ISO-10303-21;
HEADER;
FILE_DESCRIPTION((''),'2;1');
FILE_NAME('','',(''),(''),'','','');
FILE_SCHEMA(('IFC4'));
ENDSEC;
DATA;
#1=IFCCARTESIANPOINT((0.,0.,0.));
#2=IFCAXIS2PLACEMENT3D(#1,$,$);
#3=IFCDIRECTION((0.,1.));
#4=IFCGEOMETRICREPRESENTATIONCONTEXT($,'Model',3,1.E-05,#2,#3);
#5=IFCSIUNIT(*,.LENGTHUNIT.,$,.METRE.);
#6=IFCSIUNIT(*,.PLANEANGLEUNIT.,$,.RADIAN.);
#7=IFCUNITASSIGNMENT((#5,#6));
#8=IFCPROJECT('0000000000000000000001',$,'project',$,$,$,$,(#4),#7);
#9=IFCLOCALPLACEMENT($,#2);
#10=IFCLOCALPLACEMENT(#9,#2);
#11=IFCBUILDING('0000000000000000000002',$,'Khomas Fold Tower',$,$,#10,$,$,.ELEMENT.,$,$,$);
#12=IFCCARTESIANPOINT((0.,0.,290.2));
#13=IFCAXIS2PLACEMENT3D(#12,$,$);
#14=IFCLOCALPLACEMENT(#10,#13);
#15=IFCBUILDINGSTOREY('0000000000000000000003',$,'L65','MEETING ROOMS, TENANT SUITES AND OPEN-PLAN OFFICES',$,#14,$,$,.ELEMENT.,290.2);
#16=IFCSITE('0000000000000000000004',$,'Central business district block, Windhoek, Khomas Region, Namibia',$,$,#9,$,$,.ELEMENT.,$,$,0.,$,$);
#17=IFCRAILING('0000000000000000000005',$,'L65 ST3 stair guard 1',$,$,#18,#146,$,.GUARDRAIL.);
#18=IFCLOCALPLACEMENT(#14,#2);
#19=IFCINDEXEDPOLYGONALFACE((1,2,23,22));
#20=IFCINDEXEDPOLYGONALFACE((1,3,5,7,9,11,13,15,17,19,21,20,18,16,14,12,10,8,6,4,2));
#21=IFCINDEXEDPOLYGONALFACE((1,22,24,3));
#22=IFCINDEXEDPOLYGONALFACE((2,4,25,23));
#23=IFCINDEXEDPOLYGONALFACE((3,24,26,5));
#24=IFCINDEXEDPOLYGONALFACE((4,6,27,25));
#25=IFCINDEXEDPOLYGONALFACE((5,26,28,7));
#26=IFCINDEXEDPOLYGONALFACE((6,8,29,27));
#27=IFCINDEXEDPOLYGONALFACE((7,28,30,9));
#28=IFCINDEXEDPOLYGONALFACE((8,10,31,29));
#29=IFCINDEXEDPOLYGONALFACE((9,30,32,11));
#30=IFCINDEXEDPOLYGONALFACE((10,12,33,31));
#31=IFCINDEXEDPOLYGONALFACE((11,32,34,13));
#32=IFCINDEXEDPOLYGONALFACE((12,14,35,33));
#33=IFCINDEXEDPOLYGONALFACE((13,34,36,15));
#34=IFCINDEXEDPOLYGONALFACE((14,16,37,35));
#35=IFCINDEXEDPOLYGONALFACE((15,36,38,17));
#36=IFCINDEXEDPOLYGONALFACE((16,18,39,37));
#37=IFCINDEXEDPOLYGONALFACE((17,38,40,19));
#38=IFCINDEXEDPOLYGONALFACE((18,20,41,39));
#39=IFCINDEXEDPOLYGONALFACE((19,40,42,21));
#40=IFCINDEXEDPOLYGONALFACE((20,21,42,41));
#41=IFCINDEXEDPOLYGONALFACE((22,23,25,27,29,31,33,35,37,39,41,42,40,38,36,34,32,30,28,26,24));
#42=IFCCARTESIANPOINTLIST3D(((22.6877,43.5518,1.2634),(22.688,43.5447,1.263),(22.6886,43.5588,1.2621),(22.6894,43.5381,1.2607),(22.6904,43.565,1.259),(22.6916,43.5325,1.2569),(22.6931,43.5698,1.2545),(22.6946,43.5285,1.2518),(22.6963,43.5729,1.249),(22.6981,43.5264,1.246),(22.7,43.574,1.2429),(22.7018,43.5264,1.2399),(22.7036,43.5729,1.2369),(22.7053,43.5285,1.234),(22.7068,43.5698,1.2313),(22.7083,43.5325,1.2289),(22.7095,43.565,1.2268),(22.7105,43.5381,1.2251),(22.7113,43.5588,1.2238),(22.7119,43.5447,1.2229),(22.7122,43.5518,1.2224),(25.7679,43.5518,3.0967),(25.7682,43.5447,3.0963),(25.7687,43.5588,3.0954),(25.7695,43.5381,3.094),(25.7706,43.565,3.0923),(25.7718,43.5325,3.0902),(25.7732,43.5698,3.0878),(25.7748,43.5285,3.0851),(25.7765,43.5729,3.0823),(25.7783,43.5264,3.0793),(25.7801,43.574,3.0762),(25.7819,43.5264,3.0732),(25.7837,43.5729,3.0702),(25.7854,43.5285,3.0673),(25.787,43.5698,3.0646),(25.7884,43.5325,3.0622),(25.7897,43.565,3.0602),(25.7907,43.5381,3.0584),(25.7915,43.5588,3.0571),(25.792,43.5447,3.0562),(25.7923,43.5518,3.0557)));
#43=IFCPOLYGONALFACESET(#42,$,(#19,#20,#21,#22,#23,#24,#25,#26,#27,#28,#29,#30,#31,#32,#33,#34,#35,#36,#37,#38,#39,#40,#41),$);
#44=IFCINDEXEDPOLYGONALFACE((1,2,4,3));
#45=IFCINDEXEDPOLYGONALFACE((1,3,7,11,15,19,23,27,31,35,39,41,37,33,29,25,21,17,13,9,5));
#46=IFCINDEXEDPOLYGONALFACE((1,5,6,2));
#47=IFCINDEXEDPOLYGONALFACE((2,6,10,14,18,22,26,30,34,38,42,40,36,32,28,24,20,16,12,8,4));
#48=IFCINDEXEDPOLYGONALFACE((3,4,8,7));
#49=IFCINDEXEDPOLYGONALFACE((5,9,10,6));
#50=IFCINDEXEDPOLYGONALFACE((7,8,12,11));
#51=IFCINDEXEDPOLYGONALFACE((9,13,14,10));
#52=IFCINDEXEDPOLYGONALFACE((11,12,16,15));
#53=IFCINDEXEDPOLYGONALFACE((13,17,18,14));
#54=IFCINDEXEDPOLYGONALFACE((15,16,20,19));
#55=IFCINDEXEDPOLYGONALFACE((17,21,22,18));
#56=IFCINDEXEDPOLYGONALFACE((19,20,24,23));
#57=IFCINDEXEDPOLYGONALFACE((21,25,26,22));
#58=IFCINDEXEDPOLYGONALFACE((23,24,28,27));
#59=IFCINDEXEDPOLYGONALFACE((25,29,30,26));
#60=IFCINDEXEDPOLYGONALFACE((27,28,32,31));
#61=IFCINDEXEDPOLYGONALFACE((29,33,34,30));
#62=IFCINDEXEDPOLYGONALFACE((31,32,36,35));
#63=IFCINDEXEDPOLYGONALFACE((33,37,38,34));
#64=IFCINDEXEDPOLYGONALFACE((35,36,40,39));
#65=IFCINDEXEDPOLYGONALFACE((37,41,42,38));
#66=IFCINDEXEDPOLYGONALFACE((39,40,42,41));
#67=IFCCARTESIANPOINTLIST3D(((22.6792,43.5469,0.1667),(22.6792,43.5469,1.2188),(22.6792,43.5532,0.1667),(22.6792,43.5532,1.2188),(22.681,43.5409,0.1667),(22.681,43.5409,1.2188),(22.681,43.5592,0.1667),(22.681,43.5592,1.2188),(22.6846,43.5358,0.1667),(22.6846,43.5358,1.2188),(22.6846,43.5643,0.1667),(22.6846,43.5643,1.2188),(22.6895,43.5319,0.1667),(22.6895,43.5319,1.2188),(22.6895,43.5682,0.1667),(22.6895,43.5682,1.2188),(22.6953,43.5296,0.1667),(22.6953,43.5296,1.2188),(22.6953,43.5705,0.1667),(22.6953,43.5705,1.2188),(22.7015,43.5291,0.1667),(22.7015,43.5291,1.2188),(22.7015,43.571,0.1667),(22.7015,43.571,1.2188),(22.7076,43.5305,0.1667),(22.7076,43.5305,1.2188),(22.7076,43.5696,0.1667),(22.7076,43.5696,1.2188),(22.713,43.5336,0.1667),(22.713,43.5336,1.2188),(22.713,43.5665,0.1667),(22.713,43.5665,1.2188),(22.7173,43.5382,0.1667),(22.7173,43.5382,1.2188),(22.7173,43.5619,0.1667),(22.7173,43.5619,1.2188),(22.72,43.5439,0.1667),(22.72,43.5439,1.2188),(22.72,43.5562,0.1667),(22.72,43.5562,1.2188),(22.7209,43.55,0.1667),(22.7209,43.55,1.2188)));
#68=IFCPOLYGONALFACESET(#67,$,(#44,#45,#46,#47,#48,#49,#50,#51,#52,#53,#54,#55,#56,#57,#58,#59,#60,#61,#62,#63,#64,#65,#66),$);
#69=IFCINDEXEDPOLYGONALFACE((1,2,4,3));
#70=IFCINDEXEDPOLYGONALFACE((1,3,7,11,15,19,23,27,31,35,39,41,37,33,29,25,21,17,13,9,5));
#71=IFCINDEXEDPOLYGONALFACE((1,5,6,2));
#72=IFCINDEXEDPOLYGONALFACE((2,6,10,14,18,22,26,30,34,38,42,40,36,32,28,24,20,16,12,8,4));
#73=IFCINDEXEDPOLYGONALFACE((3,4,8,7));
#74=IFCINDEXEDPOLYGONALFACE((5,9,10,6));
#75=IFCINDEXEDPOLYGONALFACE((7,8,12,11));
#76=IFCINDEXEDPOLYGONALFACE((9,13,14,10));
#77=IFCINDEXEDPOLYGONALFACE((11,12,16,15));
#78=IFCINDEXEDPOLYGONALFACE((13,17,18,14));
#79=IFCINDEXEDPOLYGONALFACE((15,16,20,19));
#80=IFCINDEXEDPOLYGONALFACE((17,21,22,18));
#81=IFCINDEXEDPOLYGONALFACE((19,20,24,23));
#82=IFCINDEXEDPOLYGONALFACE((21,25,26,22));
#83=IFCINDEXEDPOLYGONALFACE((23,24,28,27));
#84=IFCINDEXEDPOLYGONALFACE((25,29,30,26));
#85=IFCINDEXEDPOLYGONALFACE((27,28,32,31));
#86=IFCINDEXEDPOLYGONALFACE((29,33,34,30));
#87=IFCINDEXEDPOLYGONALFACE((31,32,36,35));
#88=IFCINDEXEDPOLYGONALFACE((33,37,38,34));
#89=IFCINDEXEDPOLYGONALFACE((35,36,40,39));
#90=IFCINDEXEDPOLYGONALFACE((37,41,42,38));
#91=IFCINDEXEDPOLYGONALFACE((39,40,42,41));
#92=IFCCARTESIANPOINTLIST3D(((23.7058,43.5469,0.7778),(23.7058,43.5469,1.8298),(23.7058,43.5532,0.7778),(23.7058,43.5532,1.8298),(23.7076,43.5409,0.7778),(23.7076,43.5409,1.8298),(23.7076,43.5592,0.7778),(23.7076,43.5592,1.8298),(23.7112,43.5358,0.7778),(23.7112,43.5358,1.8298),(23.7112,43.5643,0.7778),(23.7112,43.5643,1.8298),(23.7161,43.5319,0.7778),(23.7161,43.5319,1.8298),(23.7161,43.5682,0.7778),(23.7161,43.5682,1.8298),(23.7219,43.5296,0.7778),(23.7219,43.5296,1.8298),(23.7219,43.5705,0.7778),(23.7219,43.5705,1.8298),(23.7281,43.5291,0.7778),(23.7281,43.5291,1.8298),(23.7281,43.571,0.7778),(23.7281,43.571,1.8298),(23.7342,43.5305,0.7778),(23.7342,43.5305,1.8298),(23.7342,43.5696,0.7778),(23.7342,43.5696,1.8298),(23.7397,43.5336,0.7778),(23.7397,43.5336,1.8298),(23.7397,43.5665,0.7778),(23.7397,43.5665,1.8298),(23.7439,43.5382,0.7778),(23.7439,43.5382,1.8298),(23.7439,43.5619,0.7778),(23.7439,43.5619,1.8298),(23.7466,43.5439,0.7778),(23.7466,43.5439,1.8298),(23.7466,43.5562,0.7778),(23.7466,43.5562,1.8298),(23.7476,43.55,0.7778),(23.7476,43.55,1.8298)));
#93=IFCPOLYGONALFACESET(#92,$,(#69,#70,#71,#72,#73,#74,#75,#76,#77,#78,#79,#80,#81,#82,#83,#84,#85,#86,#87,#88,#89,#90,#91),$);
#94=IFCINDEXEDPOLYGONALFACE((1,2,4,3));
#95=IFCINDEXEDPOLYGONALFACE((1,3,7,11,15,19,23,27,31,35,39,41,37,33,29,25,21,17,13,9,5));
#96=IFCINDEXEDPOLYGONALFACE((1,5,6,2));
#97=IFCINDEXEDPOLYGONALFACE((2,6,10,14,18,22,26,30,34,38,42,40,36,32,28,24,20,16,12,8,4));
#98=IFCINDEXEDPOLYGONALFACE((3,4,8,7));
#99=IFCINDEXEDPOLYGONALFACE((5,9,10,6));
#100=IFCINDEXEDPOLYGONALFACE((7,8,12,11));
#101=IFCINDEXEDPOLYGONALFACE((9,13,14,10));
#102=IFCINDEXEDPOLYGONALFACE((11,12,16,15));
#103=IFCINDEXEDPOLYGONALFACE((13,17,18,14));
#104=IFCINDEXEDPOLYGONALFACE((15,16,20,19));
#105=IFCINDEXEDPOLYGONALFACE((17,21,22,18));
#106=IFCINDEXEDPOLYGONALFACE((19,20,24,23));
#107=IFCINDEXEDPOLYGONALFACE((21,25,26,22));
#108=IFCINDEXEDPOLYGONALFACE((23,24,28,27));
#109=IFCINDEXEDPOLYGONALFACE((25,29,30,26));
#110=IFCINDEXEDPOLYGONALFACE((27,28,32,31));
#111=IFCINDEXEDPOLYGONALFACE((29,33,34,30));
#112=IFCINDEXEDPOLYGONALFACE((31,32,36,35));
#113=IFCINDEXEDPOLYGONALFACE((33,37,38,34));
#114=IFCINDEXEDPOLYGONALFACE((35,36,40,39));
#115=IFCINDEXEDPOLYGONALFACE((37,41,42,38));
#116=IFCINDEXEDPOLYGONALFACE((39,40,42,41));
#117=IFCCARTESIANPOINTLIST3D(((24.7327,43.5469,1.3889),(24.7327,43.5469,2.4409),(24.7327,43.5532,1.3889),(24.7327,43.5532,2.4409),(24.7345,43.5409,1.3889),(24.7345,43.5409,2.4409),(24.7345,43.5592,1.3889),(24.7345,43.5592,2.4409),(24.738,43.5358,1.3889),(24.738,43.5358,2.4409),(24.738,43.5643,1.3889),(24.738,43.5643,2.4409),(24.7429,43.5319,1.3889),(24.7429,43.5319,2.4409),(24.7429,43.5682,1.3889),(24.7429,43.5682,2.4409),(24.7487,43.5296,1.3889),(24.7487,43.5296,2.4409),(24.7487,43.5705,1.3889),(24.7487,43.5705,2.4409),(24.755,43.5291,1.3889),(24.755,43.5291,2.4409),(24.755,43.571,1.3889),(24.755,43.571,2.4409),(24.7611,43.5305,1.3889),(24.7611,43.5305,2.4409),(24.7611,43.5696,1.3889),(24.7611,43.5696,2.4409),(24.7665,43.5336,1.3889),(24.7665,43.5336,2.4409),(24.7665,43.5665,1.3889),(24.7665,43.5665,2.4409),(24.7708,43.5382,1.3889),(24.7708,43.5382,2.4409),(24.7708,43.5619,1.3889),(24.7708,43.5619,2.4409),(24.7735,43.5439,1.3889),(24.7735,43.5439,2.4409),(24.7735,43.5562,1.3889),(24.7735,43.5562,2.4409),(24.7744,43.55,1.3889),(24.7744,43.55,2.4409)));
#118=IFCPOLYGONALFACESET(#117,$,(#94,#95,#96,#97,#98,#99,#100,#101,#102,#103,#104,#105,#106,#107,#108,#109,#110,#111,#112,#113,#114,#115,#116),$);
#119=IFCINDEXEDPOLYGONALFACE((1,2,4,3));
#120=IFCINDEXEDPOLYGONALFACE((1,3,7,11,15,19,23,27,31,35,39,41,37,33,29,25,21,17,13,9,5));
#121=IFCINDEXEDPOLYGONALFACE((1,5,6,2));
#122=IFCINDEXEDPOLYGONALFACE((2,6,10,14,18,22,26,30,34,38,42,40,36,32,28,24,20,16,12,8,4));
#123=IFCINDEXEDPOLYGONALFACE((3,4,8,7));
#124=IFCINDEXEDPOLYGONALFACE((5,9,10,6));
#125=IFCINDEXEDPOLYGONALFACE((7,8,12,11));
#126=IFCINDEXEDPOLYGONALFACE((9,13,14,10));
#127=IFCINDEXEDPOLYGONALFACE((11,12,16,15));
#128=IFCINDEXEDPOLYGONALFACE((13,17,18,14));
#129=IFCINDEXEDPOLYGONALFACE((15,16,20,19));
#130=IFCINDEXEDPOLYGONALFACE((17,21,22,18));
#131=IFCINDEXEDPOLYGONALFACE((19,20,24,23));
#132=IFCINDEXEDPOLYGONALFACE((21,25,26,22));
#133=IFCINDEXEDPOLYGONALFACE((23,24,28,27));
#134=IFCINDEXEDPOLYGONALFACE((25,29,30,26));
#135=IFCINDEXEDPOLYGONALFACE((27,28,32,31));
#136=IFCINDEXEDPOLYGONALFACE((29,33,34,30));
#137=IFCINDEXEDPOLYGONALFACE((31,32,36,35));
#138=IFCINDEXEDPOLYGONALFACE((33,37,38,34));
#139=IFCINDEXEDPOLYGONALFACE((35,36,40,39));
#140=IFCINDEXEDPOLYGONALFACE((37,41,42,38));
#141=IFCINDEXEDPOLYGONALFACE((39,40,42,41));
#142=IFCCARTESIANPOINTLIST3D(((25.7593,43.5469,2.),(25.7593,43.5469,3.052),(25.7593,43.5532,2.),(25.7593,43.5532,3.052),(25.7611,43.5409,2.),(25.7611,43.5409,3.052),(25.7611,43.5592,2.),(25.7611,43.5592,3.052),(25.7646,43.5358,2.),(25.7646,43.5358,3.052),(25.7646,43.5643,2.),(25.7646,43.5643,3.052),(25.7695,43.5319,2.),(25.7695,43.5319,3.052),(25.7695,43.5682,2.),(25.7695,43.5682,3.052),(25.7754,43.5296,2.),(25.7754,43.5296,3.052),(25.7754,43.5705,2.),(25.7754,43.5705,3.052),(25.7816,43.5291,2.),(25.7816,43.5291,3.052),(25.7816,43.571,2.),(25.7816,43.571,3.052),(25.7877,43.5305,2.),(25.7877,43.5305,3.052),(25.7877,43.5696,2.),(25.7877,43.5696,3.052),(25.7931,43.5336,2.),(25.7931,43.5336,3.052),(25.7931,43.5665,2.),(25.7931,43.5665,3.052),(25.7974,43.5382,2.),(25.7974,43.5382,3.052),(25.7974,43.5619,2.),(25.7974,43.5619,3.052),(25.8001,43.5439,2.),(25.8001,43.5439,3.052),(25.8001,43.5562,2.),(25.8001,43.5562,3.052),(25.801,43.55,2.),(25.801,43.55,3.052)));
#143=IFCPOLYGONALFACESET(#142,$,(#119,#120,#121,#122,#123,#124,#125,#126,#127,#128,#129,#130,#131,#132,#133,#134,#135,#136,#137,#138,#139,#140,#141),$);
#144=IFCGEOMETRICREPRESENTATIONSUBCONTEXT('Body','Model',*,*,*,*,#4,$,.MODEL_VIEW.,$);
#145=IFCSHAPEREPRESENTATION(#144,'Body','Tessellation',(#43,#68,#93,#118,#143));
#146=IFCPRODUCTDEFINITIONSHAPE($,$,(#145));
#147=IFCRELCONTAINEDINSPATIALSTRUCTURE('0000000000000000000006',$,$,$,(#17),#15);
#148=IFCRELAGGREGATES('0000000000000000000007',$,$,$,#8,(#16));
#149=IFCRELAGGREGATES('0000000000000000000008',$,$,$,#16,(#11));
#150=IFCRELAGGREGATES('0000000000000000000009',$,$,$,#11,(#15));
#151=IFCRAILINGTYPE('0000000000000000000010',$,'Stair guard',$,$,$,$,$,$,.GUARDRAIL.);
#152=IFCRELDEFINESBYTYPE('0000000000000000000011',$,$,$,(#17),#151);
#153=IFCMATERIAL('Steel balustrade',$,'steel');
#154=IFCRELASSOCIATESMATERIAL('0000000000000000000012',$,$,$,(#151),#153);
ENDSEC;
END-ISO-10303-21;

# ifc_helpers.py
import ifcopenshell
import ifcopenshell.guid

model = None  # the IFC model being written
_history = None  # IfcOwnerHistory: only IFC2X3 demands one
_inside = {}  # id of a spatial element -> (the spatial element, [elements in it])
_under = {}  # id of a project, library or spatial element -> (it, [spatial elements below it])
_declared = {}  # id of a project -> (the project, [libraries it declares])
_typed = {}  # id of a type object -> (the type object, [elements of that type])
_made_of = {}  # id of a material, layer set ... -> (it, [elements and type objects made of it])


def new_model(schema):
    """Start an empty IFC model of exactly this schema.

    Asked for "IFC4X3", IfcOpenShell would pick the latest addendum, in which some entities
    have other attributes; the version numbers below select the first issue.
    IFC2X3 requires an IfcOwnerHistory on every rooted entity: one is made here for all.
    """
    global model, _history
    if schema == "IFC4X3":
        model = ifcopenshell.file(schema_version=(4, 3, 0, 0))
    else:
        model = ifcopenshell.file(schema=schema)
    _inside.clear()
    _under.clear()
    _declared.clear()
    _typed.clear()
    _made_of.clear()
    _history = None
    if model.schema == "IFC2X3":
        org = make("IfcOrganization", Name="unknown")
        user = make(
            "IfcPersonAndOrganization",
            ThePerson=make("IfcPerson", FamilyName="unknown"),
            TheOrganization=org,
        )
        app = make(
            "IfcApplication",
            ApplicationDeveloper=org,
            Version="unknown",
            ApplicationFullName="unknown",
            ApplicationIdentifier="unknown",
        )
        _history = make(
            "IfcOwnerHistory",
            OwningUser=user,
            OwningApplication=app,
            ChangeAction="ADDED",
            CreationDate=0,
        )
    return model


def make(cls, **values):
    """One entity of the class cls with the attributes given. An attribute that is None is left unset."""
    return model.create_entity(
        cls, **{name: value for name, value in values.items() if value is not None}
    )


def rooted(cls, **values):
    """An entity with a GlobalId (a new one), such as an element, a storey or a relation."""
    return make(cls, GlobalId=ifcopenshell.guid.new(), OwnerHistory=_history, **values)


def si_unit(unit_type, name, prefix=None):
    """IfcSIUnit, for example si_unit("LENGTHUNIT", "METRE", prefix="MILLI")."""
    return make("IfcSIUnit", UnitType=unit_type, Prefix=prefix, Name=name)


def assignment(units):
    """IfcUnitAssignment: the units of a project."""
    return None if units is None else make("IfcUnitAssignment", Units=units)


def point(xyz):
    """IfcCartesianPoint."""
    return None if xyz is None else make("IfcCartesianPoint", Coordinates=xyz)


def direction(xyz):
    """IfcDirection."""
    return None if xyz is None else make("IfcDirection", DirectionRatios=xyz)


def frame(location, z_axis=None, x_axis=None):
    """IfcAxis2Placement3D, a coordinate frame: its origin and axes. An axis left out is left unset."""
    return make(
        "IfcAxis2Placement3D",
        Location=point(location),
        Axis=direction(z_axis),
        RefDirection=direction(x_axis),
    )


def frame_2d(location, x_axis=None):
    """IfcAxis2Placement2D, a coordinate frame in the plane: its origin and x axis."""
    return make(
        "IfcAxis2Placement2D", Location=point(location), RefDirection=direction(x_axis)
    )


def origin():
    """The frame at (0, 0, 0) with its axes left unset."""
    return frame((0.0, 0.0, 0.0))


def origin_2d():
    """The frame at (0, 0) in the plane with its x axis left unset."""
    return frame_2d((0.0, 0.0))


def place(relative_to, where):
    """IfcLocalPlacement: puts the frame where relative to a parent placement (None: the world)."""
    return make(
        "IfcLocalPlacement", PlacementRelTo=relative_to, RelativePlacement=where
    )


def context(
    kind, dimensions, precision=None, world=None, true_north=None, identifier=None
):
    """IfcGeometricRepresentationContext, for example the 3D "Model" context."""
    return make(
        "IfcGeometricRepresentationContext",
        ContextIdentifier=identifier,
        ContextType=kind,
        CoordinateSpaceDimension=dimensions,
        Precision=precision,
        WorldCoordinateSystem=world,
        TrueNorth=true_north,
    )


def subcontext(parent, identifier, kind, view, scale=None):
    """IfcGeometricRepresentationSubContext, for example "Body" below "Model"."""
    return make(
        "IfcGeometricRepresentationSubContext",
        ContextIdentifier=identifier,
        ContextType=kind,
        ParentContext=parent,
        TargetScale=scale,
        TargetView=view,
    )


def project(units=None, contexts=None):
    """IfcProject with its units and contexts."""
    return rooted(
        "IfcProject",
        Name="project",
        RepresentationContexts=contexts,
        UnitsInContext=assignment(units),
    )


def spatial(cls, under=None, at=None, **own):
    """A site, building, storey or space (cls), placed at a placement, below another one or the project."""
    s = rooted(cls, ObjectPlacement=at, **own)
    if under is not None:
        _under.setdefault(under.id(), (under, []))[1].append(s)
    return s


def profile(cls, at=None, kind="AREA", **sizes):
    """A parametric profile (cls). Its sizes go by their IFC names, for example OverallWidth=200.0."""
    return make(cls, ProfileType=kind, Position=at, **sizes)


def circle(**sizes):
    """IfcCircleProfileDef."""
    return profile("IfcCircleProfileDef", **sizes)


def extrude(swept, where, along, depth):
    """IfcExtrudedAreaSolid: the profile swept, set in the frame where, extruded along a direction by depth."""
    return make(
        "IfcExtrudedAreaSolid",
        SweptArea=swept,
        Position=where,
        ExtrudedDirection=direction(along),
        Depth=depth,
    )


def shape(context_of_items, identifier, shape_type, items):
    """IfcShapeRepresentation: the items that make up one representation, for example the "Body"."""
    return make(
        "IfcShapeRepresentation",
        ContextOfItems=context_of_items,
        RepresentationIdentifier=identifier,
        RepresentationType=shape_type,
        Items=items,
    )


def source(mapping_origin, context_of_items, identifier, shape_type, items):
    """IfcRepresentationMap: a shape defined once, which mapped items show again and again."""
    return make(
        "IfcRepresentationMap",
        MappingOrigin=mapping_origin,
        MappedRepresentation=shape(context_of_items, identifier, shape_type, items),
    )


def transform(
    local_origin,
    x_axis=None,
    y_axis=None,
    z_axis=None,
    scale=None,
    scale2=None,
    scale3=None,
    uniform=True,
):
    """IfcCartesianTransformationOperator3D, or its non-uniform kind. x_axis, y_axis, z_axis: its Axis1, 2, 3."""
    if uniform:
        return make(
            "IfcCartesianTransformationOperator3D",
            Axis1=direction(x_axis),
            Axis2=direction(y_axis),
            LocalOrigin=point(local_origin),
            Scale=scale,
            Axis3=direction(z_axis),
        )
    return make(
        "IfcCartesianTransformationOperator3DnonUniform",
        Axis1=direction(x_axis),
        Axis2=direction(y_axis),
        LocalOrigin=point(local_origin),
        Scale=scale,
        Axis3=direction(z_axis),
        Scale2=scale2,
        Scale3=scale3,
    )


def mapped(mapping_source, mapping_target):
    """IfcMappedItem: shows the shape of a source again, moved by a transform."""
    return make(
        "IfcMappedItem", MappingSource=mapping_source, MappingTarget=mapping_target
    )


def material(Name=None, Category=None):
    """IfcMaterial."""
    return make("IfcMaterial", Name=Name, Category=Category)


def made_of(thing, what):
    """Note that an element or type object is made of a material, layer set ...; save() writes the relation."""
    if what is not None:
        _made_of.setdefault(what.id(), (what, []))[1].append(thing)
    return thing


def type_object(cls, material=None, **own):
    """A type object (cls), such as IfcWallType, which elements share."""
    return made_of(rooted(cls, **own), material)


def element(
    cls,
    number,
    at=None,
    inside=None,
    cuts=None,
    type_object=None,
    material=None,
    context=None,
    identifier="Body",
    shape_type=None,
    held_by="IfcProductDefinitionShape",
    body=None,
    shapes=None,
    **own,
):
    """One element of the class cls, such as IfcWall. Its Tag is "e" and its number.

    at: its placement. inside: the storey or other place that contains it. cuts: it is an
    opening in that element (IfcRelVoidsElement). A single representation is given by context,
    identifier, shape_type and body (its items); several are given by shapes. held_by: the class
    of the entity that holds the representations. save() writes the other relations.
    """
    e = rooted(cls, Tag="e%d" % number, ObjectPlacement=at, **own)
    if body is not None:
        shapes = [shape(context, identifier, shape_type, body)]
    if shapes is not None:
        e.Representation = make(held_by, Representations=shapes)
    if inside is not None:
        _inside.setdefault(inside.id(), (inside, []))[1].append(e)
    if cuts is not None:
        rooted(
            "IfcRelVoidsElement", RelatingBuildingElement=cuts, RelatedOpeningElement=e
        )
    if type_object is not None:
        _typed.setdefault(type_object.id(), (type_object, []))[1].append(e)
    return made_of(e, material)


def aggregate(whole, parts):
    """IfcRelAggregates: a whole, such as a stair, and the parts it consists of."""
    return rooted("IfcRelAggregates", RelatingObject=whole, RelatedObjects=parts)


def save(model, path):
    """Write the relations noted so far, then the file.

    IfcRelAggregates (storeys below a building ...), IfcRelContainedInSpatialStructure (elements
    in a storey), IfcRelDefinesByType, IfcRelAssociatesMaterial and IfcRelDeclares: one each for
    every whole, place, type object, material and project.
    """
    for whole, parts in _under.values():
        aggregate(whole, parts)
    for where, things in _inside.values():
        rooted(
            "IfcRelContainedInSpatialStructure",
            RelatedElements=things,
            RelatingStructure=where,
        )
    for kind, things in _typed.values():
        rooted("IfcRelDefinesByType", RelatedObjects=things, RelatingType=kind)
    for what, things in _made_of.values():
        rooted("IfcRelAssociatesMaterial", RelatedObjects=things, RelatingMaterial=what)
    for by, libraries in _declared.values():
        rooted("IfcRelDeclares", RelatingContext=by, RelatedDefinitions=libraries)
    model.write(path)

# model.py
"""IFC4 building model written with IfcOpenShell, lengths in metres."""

from ifc_helpers import new_model, si_unit, direction, frame, origin, origin_2d, place, context, subcontext, project, spatial, circle, extrude, source, transform, mapped, material, type_object, element, save


model = new_model("IFC4")

# Units and contexts
model_context = context("Model", 3, precision=1e-05, world=origin(), true_north=direction((0.0, 1.0)))
body_context = subcontext(model_context, "Body", "Model", "MODEL_VIEW")
ifc_project = project(units=[si_unit("LENGTHUNIT", "METRE"), si_unit("PLANEANGLEUNIT", "RADIAN")], contexts=[model_context])

# Site, building, storey
site_placement = place(None, origin())
site = spatial("IfcSite", under=ifc_project, at=site_placement, Name="Central business district block, Windhoek, Khomas Region, Namibia", CompositionType="ELEMENT", RefElevation=0.0)
building_placement = place(site_placement, origin())
building = spatial("IfcBuilding", under=site, at=building_placement, Name="Khomas Fold Tower", CompositionType="ELEMENT")
storey_placement = place(building_placement, frame((0.0, 0.0, 290.2)))
storey = spatial("IfcBuildingStorey", under=building, at=storey_placement, Name="L65", Description="MEETING ROOMS, TENANT SUITES AND OPEN-PLAN OFFICES", CompositionType="ELEMENT", Elevation=290.2)

# Railing
ifc_material_1 = material(Name="Steel balustrade", Category="steel")
railing_type_1 = type_object("IfcRailingType", Name="Stair guard", PredefinedType="GUARDRAIL", material=ifc_material_1)
shared_shape_1 = source(origin(), body_context, "Body", "SweptSolid", [
    extrude(circle(Radius=0.0239, at=origin_2d()), frame((0.0, 0.0, 1.0762), z_axis=(0.859309, 0.0, 0.511458), x_axis=(0.0, 1.0, 0.0)), (0.0, 0.0, 1.0), 3.5845),
    extrude(circle(Radius=0.021, at=origin_2d()), origin(), (0.0, 0.0, 1.0), 1.052),
    extrude(circle(Radius=0.021, at=origin_2d()), frame((1.0266, 0.0, 0.6111)), (0.0, 0.0, 1.0), 1.052),
    extrude(circle(Radius=0.021, at=origin_2d()), frame((2.0535, 0.0, 1.2222)), (0.0, 0.0, 1.0), 1.052),
    extrude(circle(Radius=0.021, at=origin_2d()), frame((3.0801, 0.0, 1.8333)), (0.0, 0.0, 1.0), 1.052),
])
railing_1_placement = place(storey_placement, frame((22.7, 43.55, 0.1667)))
element("IfcRailing", 1, at=railing_1_placement, inside=storey, type_object=railing_type_1, Name="L65 ST3 stair guard 1", PredefinedType="GUARDRAIL", context=body_context, shape_type="MappedRepresentation", body=[
    mapped(shared_shape_1, transform((0.0, 0.0, 0.0))),
])

save(model, "model.ifc")
